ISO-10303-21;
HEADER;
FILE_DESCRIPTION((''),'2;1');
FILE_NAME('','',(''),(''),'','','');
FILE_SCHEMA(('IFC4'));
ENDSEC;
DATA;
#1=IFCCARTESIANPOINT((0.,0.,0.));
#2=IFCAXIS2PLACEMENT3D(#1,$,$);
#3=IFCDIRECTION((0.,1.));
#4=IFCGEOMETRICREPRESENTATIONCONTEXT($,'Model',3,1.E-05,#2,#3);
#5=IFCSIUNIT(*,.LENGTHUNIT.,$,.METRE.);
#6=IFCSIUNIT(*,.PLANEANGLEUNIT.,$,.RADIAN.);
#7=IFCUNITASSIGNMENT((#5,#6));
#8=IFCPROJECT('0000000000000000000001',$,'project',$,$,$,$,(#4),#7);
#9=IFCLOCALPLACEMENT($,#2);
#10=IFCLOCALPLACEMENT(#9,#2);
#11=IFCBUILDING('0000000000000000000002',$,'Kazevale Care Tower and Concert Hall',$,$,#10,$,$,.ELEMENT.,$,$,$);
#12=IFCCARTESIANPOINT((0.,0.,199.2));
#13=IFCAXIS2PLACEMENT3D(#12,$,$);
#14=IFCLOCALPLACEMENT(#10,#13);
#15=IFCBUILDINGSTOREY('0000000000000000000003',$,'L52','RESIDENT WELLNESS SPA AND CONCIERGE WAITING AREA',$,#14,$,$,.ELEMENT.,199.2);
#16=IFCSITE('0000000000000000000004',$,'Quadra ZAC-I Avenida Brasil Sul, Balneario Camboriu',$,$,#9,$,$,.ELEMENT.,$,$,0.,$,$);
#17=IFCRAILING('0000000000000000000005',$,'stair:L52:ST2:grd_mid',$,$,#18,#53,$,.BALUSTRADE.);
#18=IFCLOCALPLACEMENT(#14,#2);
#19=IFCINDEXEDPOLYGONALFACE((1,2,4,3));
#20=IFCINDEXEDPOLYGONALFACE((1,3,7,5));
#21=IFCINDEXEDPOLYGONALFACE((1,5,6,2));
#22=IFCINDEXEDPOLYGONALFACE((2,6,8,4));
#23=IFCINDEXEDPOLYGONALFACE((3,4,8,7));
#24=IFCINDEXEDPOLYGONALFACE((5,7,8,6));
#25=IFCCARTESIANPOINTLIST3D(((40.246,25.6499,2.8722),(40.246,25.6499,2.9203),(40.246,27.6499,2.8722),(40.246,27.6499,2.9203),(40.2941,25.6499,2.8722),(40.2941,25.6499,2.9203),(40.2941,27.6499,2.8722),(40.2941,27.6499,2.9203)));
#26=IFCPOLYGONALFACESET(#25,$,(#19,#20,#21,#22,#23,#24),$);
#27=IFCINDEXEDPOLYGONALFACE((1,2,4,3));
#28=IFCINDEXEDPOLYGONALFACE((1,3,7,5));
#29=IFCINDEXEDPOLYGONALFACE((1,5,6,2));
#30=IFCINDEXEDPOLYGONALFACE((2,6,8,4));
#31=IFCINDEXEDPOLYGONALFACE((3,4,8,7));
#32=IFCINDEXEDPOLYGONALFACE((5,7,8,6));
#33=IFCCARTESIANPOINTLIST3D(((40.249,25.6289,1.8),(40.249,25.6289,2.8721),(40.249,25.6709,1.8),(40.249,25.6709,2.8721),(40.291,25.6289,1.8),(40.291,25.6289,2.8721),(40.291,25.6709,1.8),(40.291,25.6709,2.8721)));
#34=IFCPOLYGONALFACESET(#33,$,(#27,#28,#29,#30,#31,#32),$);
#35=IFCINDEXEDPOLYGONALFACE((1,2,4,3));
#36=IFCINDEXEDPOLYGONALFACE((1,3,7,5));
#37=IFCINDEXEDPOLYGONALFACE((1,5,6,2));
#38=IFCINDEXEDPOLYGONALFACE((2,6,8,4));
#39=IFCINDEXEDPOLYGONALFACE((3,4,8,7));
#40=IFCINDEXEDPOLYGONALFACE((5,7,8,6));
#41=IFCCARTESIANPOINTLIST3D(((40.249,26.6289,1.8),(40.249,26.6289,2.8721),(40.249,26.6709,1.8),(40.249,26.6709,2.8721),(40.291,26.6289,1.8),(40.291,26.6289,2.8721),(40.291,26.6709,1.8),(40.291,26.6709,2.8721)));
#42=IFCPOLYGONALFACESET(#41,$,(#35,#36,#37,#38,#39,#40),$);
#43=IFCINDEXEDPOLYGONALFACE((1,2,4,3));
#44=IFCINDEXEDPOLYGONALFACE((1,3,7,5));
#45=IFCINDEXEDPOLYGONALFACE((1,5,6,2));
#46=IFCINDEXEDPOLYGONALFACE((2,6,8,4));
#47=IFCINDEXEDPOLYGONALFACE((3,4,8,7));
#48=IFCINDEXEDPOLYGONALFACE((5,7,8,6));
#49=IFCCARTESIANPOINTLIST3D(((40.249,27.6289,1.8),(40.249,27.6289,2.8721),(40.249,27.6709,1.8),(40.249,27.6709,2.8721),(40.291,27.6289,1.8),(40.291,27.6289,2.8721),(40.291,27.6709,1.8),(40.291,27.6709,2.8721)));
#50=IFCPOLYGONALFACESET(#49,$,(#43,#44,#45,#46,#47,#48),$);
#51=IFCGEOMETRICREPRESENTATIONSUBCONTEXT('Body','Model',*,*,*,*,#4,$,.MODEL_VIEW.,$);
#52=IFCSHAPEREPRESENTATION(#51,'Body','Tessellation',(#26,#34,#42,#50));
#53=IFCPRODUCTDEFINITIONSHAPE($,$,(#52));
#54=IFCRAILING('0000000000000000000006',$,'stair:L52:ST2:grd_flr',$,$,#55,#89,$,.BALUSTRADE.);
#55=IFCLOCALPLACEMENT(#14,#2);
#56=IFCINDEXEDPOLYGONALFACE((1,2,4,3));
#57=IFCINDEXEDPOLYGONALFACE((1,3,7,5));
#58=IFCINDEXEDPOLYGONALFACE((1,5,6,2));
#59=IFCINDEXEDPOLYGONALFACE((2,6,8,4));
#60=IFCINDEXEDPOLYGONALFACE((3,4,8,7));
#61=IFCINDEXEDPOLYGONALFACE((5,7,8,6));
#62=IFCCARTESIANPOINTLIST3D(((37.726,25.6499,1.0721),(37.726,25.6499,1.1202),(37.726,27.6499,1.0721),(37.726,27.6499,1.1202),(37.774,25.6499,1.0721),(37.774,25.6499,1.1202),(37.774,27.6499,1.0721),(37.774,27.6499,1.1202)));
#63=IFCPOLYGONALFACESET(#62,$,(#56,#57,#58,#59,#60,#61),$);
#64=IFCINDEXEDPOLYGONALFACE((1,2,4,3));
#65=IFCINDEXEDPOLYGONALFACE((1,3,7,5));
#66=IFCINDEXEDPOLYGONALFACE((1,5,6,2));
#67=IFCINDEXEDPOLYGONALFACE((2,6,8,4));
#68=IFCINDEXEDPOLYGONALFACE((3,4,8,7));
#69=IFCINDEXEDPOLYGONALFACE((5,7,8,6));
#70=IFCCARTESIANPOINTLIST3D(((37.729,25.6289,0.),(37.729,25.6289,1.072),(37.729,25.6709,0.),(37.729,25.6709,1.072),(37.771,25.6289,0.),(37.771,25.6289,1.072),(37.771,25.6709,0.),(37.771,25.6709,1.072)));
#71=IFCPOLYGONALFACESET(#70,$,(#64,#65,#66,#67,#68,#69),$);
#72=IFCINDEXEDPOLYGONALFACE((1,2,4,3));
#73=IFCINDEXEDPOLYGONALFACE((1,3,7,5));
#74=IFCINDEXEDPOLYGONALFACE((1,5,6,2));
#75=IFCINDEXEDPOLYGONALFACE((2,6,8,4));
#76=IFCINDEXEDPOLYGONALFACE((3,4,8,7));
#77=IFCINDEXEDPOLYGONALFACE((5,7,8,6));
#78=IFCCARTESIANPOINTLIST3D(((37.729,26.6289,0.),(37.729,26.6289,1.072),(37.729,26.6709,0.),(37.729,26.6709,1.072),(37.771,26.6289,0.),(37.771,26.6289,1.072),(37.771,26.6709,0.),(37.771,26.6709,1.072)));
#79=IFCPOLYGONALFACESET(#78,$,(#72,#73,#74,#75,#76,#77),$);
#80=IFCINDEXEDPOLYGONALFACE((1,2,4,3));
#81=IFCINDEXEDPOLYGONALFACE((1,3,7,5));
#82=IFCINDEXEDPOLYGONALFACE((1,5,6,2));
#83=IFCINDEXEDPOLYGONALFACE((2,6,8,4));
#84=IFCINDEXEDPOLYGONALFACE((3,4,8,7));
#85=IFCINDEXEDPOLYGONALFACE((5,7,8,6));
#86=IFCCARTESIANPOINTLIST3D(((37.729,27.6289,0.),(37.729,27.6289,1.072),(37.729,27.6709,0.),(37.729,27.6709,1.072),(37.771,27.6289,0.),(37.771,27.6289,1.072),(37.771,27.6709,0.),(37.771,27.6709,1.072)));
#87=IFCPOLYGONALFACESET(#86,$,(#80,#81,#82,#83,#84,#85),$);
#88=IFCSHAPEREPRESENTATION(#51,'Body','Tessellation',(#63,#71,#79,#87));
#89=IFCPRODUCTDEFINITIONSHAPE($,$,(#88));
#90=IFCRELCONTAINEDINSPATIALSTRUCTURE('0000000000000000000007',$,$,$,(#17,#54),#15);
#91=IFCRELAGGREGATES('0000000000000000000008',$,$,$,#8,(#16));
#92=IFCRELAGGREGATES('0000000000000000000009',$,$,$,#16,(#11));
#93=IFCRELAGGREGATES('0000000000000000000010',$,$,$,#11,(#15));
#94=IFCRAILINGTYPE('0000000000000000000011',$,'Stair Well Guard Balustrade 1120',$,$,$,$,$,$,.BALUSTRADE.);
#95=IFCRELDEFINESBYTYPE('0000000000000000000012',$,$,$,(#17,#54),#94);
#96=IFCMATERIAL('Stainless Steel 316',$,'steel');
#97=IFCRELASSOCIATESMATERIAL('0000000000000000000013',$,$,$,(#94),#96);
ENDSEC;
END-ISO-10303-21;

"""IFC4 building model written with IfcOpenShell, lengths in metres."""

from ifc_helpers import new_model, si_unit, direction, frame, origin, origin_2d, place, context, subcontext, project, spatial, rectangle, extrude, material, type_object, element, save


model = new_model("IFC4")

# Units and contexts
model_context = context("Model", 3, precision=1e-05, world=origin(), true_north=direction((0.0, 1.0)))
body_context = subcontext(model_context, "Body", "Model", "MODEL_VIEW")
ifc_project = project(units=[si_unit("LENGTHUNIT", "METRE"), si_unit("PLANEANGLEUNIT", "RADIAN")], contexts=[model_context])

# Site, building, storey
site_placement = place(None, origin())
site = spatial("IfcSite", under=ifc_project, at=site_placement, Name="Quadra ZAC-I Avenida Brasil Sul, Balneario Camboriu", CompositionType="ELEMENT", RefElevation=0.0)
building_placement = place(site_placement, origin())
building = spatial("IfcBuilding", under=site, at=building_placement, Name="Kazevale Care Tower and Concert Hall", CompositionType="ELEMENT")
storey_placement = place(building_placement, frame((0.0, 0.0, 199.2)))
storey = spatial("IfcBuildingStorey", under=building, at=storey_placement, Name="L52", Description="RESIDENT WELLNESS SPA AND CONCIERGE WAITING AREA", CompositionType="ELEMENT", Elevation=199.2)

# Railings
ifc_material_1 = material(Name="Stainless Steel 316", Category="steel")
railing_type_1 = type_object("IfcRailingType", Name="Stair Well Guard Balustrade 1120", PredefinedType="BALUSTRADE", material=ifc_material_1)
for number, where, name in (
    (1, (40.27, 25.6499, 1.8), "stair:L52:ST2:grd_mid"),
    (2, (37.75, 25.6499, 0.0), "stair:L52:ST2:grd_flr"),
):
    element("IfcRailing", number, at=place(storey_placement, frame(where)), inside=storey, type_object=railing_type_1, Name=name, PredefinedType="BALUSTRADE", context=body_context, shape_type="SweptSolid", body=[
        extrude(rectangle(XDim=0.0481, YDim=0.0481, at=origin_2d()), frame((0.0, 0.0, 1.0962), z_axis=(0.0, 1.0, 0.0), x_axis=(-1.0, 0.0, 0.0)), (0.0, 0.0, 1.0), 2.0),
        extrude(rectangle(XDim=0.042, YDim=0.042, at=origin_2d()), origin(), (0.0, 0.0, 1.0), 1.072),
        extrude(rectangle(XDim=0.042, YDim=0.042, at=origin_2d()), frame((0.0, 1.0, 0.0)), (0.0, 0.0, 1.0), 1.072),
        extrude(rectangle(XDim=0.042, YDim=0.042, at=origin_2d()), frame((0.0, 2.0, 0.0)), (0.0, 0.0, 1.0), 1.072),
    ])

save(model, "model.ifc")
